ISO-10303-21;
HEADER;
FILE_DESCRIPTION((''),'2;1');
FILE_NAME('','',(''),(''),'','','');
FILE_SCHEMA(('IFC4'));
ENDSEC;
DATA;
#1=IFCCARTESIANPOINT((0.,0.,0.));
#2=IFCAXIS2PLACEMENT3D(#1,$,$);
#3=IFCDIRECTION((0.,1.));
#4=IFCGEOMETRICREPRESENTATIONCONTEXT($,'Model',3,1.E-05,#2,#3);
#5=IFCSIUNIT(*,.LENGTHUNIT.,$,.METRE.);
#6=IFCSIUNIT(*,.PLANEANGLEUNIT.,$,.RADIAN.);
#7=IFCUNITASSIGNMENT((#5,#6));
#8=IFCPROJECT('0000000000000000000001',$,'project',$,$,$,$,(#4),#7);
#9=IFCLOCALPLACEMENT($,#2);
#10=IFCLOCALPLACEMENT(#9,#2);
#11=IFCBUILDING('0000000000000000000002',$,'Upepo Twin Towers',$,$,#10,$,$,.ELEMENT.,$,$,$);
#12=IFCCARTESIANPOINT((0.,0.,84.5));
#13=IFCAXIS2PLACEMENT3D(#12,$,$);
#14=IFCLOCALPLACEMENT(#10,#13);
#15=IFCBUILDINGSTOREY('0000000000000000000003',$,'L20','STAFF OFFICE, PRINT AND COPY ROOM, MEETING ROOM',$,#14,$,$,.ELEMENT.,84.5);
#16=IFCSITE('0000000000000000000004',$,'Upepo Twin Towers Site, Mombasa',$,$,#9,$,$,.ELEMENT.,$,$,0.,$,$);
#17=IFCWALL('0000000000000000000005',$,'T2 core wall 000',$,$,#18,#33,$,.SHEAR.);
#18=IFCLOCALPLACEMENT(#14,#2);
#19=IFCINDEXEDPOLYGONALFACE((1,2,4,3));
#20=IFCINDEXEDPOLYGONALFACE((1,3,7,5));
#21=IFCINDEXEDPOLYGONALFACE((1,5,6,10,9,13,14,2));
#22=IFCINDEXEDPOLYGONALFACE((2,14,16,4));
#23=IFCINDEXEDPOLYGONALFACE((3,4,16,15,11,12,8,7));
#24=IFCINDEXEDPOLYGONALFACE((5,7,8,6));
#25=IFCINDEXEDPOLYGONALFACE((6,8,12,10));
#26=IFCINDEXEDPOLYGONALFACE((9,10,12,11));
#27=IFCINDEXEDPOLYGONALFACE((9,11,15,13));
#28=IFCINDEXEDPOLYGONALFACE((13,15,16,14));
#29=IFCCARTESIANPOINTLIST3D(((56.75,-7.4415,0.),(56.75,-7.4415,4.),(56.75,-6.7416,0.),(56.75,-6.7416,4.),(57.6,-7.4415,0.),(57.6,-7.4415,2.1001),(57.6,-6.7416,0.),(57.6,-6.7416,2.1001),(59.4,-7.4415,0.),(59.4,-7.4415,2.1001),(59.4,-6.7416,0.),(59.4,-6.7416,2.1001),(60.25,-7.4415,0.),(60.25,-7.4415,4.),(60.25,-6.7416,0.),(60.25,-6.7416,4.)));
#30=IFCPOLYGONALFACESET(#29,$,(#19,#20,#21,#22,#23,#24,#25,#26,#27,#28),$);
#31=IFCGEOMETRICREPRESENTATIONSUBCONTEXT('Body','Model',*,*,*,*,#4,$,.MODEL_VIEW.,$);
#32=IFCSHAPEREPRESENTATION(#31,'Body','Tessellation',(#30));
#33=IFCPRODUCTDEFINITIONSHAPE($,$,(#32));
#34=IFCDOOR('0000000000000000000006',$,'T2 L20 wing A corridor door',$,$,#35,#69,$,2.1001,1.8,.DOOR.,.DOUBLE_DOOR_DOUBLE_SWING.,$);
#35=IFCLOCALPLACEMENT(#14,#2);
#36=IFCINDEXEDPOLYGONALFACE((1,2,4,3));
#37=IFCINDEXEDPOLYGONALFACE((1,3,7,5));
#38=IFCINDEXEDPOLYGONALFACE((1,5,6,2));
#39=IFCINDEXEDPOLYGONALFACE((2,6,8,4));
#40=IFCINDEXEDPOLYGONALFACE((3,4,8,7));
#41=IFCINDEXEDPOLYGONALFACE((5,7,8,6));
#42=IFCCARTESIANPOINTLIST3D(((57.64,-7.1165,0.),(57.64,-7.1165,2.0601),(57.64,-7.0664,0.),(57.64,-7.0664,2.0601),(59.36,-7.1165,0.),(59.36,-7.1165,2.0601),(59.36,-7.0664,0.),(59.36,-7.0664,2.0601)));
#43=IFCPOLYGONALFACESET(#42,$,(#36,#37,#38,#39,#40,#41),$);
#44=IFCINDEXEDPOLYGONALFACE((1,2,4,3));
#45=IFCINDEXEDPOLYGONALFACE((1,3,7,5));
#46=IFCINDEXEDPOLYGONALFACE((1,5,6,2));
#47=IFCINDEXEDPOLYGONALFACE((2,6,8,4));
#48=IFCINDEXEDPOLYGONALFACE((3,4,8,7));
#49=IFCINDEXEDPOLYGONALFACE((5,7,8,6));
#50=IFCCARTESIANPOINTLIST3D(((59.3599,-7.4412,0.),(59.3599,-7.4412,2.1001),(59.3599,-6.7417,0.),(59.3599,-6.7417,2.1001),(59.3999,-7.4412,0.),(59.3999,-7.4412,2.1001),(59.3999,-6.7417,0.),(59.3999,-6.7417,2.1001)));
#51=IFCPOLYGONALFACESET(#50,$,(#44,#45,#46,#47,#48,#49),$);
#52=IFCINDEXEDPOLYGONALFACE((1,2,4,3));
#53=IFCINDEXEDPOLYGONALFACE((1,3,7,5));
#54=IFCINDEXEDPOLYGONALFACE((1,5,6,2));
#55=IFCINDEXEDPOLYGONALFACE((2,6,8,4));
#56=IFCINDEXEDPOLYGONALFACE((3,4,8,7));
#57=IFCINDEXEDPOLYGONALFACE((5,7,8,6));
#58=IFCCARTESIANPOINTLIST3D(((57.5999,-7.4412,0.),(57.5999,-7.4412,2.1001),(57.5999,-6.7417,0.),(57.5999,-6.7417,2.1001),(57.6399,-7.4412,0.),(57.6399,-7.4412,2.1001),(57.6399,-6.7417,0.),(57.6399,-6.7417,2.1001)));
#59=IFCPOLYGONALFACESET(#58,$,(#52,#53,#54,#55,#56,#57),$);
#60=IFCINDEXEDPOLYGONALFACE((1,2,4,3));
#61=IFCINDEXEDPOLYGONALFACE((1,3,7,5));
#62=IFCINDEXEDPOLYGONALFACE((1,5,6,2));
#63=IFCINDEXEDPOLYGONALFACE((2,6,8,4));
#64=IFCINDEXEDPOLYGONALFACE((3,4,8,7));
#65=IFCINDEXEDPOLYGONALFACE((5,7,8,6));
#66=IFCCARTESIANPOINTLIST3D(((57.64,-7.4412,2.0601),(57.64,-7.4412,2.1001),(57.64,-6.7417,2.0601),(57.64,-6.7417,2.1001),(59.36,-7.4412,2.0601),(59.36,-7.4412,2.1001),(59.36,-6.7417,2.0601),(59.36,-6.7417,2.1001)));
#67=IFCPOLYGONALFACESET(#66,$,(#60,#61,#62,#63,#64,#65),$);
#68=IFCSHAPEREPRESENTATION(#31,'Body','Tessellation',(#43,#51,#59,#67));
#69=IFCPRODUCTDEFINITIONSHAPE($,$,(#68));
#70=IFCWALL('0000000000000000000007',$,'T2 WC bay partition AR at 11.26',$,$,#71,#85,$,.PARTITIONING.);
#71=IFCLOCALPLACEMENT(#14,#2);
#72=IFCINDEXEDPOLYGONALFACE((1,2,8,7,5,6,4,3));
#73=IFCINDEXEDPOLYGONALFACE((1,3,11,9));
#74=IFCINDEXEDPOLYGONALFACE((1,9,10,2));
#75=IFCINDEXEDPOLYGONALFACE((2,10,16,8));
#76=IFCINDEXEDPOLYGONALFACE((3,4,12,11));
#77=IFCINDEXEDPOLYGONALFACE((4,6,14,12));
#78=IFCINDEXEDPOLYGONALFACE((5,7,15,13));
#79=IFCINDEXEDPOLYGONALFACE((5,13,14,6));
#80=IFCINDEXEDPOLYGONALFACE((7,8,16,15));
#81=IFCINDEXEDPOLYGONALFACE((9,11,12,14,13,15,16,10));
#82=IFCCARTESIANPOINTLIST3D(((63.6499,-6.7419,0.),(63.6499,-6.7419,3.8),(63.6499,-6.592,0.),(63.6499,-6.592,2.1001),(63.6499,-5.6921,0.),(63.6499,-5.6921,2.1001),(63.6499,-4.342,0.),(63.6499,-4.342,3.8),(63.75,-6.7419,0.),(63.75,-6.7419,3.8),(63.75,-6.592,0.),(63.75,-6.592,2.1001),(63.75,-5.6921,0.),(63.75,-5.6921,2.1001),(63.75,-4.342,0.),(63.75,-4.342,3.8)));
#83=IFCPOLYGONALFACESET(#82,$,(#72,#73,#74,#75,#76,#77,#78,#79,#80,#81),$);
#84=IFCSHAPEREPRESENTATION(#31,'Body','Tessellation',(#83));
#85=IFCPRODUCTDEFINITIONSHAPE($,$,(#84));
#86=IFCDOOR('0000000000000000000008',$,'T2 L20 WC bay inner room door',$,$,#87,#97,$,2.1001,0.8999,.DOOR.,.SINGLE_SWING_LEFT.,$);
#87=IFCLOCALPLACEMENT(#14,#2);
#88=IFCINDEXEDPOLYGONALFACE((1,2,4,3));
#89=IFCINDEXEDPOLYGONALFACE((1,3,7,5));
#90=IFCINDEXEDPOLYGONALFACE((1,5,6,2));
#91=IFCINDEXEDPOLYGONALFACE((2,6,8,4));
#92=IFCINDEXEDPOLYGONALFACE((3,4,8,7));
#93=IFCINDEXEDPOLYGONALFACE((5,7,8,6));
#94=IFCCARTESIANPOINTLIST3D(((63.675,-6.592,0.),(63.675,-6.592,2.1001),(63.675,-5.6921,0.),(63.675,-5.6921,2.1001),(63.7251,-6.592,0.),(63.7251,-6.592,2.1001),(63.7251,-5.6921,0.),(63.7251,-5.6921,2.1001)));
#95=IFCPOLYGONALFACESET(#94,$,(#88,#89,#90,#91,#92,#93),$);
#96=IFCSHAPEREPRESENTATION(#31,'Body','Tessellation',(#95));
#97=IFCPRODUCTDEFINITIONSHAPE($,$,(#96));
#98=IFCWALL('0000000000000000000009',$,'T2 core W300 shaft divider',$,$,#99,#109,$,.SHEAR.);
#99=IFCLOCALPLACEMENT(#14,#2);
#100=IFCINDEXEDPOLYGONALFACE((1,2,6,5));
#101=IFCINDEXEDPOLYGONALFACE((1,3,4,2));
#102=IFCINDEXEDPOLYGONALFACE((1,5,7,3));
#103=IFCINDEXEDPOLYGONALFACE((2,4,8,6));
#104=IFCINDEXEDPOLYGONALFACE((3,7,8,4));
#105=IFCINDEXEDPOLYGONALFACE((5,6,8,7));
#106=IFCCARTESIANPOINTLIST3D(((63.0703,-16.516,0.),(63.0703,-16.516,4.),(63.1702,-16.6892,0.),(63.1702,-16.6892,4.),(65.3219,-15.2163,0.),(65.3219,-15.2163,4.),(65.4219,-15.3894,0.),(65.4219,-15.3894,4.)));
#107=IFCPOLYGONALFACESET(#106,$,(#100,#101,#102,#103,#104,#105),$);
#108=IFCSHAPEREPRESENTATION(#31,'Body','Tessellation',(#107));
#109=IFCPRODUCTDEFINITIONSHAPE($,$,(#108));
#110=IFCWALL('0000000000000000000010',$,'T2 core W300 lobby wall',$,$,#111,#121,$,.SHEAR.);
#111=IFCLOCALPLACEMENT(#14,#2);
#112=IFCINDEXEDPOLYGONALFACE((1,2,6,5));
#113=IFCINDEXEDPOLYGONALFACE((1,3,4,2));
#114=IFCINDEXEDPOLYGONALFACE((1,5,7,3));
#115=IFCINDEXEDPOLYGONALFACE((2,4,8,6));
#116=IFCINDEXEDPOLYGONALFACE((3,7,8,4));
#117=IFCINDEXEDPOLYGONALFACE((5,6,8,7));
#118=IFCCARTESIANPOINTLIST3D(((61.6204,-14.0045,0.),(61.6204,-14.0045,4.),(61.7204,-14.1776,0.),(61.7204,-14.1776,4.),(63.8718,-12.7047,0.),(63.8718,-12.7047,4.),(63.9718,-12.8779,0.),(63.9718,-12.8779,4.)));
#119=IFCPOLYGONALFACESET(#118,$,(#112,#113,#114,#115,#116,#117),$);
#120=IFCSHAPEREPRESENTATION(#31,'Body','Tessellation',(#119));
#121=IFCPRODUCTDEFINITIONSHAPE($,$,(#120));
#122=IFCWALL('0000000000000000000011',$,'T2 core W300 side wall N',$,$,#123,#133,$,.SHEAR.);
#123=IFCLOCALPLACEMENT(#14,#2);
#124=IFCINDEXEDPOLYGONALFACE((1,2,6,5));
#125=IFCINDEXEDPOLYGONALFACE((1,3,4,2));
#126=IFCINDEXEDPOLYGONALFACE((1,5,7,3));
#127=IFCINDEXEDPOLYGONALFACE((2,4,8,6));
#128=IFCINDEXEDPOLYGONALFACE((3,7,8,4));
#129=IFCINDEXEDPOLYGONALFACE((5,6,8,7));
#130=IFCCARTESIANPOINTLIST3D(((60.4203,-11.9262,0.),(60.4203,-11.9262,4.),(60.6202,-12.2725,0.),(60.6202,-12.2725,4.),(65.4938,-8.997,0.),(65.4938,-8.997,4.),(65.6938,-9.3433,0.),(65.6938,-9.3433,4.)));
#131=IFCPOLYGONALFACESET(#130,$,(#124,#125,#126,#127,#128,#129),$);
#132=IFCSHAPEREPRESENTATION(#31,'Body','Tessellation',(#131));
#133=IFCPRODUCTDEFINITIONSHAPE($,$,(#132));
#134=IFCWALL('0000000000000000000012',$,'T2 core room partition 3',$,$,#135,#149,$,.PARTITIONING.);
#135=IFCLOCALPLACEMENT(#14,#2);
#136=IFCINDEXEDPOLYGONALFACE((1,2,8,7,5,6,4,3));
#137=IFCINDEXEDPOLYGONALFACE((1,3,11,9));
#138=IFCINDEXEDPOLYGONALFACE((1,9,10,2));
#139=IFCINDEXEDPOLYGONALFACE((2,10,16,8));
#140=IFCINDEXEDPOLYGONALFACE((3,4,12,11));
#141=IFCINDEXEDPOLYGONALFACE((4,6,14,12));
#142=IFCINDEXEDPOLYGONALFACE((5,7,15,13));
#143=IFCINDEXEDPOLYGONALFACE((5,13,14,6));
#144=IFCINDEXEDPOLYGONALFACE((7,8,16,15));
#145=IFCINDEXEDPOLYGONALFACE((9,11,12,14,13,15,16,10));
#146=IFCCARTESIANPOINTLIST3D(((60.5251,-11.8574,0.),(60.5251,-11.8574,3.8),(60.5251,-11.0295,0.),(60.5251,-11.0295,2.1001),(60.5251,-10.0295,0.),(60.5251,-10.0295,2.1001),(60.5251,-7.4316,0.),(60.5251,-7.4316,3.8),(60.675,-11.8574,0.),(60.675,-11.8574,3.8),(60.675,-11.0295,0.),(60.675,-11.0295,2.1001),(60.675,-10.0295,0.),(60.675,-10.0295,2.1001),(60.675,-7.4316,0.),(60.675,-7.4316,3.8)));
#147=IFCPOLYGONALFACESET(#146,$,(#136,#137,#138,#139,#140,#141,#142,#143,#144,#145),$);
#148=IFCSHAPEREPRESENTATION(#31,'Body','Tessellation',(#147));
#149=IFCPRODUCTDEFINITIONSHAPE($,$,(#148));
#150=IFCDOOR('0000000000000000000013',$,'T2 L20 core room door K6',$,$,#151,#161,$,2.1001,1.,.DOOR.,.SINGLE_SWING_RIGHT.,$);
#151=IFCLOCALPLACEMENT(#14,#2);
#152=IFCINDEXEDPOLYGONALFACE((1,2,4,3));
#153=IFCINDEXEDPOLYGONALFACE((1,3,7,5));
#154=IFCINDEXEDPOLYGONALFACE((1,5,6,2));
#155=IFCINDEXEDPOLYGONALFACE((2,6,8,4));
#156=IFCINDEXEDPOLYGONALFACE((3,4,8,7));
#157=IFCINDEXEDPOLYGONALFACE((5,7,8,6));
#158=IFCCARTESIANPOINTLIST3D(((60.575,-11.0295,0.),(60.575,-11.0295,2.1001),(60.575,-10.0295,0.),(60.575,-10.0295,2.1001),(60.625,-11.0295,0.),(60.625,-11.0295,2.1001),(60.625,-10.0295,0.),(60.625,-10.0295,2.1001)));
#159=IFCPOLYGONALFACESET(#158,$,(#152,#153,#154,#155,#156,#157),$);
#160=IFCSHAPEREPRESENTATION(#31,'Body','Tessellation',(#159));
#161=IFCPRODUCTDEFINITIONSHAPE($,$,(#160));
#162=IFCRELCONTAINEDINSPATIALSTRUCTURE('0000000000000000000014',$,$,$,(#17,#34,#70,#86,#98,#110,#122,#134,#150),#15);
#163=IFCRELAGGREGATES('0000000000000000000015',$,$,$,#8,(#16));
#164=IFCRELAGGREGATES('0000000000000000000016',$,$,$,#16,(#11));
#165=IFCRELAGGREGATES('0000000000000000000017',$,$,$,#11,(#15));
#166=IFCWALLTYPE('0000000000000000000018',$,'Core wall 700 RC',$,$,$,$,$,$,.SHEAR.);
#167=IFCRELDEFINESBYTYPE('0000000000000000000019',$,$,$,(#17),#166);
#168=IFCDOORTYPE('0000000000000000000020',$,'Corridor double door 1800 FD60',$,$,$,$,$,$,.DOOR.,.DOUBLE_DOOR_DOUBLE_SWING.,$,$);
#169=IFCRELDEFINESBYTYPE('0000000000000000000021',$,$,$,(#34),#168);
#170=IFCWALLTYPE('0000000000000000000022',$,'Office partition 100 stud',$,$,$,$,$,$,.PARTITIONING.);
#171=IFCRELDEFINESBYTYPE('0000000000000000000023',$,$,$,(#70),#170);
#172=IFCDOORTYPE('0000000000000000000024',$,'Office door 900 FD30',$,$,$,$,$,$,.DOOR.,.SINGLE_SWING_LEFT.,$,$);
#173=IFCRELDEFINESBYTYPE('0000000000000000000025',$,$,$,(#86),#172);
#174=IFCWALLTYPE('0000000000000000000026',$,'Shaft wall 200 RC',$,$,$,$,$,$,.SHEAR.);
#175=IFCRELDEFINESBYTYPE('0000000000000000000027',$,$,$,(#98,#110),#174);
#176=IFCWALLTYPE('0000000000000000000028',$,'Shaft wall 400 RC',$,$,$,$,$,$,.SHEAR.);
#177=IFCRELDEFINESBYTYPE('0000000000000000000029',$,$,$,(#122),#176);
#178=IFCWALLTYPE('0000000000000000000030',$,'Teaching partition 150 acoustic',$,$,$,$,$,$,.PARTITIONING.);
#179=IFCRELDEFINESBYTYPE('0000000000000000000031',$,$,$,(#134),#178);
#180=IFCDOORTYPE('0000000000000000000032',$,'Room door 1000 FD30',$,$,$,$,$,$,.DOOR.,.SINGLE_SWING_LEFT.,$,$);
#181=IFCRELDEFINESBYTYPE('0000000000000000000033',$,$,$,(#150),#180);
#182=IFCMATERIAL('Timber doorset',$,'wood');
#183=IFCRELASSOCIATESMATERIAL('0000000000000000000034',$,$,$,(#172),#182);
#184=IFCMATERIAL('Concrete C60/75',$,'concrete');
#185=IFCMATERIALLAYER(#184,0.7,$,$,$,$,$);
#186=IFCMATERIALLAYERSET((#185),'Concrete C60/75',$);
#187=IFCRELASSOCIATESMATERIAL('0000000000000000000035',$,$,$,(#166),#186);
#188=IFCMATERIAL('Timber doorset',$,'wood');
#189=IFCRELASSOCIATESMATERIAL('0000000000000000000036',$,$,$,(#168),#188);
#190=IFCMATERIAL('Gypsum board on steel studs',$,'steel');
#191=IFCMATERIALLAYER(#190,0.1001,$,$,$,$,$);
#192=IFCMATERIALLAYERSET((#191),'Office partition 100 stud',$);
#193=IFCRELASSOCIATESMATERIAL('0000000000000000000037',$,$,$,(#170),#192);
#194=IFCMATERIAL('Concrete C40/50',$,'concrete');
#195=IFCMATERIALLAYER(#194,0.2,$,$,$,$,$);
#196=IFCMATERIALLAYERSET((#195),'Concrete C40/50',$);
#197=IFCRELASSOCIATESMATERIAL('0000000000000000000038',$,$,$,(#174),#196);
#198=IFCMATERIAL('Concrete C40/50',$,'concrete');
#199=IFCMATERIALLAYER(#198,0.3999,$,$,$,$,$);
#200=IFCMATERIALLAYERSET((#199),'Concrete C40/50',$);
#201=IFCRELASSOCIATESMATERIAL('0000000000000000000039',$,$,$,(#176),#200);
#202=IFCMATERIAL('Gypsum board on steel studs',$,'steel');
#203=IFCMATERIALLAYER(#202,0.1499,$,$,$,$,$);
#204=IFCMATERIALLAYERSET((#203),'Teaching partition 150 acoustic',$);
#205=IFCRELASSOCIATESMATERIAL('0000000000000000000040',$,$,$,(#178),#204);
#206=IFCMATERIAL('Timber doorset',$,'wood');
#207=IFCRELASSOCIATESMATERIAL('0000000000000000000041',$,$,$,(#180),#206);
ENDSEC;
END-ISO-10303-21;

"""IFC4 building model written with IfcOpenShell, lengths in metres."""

from ifc_helpers import new_model, si_unit, direction, frame, frame_2d, origin, place, context, subcontext, project, spatial, rectangle, extrude, material, layer, layer_set, type_object, element, fill, save


model = new_model("IFC4")

# Units and contexts
model_context = context("Model", 3, precision=1e-05, world=origin(), true_north=direction((0.0, 1.0)))
body_context = subcontext(model_context, "Body", "Model", "MODEL_VIEW")
ifc_project = project(units=[si_unit("LENGTHUNIT", "METRE"), si_unit("PLANEANGLEUNIT", "RADIAN")], contexts=[model_context])

# Site, building, storey
site_placement = place(None, origin())
site = spatial("IfcSite", under=ifc_project, at=site_placement, Name="Upepo Twin Towers Site, Mombasa", CompositionType="ELEMENT", RefElevation=0.0)
building_placement = place(site_placement, origin())
building = spatial("IfcBuilding", under=site, at=building_placement, Name="Upepo Twin Towers", CompositionType="ELEMENT")
storey_placement = place(building_placement, frame((0.0, 0.0, 84.5)))
storey = spatial("IfcBuildingStorey", under=building, at=storey_placement, Name="L20", Description="STAFF OFFICE, PRINT AND COPY ROOM, MEETING ROOM", CompositionType="ELEMENT", Elevation=84.5)

# Shared definitions
ifc_material_1 = material(Name="Timber doorset", Category="wood")
door_type_1 = type_object("IfcDoorType", Name="Office door 900 FD30", OperationType="SINGLE_SWING_LEFT", PredefinedType="DOOR", material=ifc_material_1)

# Shared definitions
ifc_material_2 = material(Name="Concrete C60/75", Category="concrete")
ifc_layer_1 = layer(ifc_material_2, 0.7)
ifc_layer_set_1 = layer_set([ifc_layer_1], Name="Concrete C60/75")
wall_type_1 = type_object("IfcWallType", Name="Core wall 700 RC", PredefinedType="SHEAR", material=ifc_layer_set_1)

# Walls, openings, doors
wall_1_placement = place(storey_placement, frame((60.25, -7.0916, 0.0), z_axis=(0.0, 0.0, 1.0), x_axis=(-1.0, 0.0, 0.0)))
wall_1 = element("IfcWall", 1, at=wall_1_placement, inside=storey, type_object=wall_type_1, Name="T2 core wall 000", PredefinedType="SHEAR", context=body_context, shape_type="SweptSolid", body=[
    extrude(rectangle(XDim=3.5, YDim=0.7, at=frame_2d((1.75, 0.0))), origin(), (0.0, 0.0, 1.0), 4.0),
])
opening_1_placement = place(wall_1_placement, frame((0.8501, 0.0, 0.0)))
opening_1 = element("IfcOpeningElement", 2, at=opening_1_placement, cuts=wall_1, PredefinedType="OPENING", context=body_context, shape_type="SweptSolid", body=[
    extrude(rectangle(XDim=1.8, YDim=2.1001, at=frame_2d((0.8999, 1.05))), frame((0.0, 0.3599, 0.0), z_axis=(0.0, -1.0, 0.0), x_axis=(1.0, 0.0, 0.0)), (0.0, 0.0, 1.0), 0.72),
])
ifc_material_3 = material(Name="Timber doorset", Category="wood")
door_type_2 = type_object("IfcDoorType", Name="Corridor double door 1800 FD60", OperationType="DOUBLE_DOOR_DOUBLE_SWING", PredefinedType="DOOR", material=ifc_material_3)
door_1_placement = place(opening_1_placement, origin())
door_1 = element("IfcDoor", 3, at=door_1_placement, inside=storey, type_object=door_type_2, Name="T2 L20 wing A corridor door", OperationType="DOUBLE_DOOR_DOUBLE_SWING", OverallHeight=2.1001, OverallWidth=1.8, PredefinedType="DOOR", context=body_context, shape_type="SweptSolid", body=[
    extrude(rectangle(XDim=1.72, YDim=2.0601, at=frame_2d((0.8999, 1.03))), frame((0.0, 0.0249, 0.0), z_axis=(0.0, -1.0, 0.0), x_axis=(1.0, 0.0, 0.0)), (0.0, 0.0, 1.0), 0.05),
    extrude(rectangle(XDim=0.04, YDim=2.1001, at=frame_2d((0.02, 1.05))), frame((0.0, 0.3496, 0.0), z_axis=(0.0, -1.0, 0.0), x_axis=(1.0, 0.0, 0.0)), (0.0, 0.0, 1.0), 0.6995),
    extrude(rectangle(XDim=0.04, YDim=2.1001, at=frame_2d((1.78, 1.05))), frame((0.0, 0.3496, 0.0), z_axis=(0.0, -1.0, 0.0), x_axis=(1.0, 0.0, 0.0)), (0.0, 0.0, 1.0), 0.6995),
    extrude(rectangle(XDim=1.72, YDim=0.04, at=frame_2d((0.8999, 2.0801))), frame((0.0, 0.3496, 0.0), z_axis=(0.0, -1.0, 0.0), x_axis=(1.0, 0.0, 0.0)), (0.0, 0.0, 1.0), 0.6995),
])
fill(opening_1, door_1)
ifc_material_4 = material(Name="Gypsum board on steel studs", Category="steel")
ifc_layer_2 = layer(ifc_material_4, 0.1001)
ifc_layer_set_2 = layer_set([ifc_layer_2], Name="Office partition 100 stud")
wall_type_2 = type_object("IfcWallType", Name="Office partition 100 stud", PredefinedType="PARTITIONING", material=ifc_layer_set_2)
wall_2_placement = place(storey_placement, frame((63.7, -6.7419, 0.0), z_axis=(0.0, 0.0, 1.0), x_axis=(0.0, 1.0, 0.0)))
wall_2 = element("IfcWall", 4, at=wall_2_placement, inside=storey, type_object=wall_type_2, Name="T2 WC bay partition AR at 11.26", PredefinedType="PARTITIONING", context=body_context, shape_type="SweptSolid", body=[
    extrude(rectangle(XDim=2.3999, YDim=0.1001, at=frame_2d((1.2, 0.0))), origin(), (0.0, 0.0, 1.0), 3.8),
])
opening_2_placement = place(wall_2_placement, frame((0.1499, 0.0, 0.0)))
opening_2 = element("IfcOpeningElement", 5, at=opening_2_placement, cuts=wall_2, PredefinedType="OPENING", context=body_context, shape_type="SweptSolid", body=[
    extrude(rectangle(XDim=0.8999, YDim=2.1001, at=frame_2d((0.45, 1.05))), frame((0.0, 0.0601, 0.0), z_axis=(0.0, -1.0, 0.0), x_axis=(1.0, 0.0, 0.0)), (0.0, 0.0, 1.0), 0.1201),
])
door_2_placement = place(opening_2_placement, origin())
door_2 = element("IfcDoor", 6, at=door_2_placement, inside=storey, type_object=door_type_1, Name="T2 L20 WC bay inner room door", OperationType="SINGLE_SWING_LEFT", OverallHeight=2.1001, OverallWidth=0.8999, PredefinedType="DOOR", context=body_context, shape_type="SweptSolid", body=[
    extrude(rectangle(XDim=0.8999, YDim=2.1001, at=frame_2d((0.45, 1.05))), frame((0.0, 0.0249, 0.0), z_axis=(0.0, -1.0, 0.0), x_axis=(1.0, 0.0, 0.0)), (0.0, 0.0, 1.0), 0.05),
])
fill(opening_2, door_2)

# Walls
ifc_material_5 = material(Name="Concrete C40/50", Category="concrete")
ifc_layer_3 = layer(ifc_material_5, 0.2)
ifc_layer_set_3 = layer_set([ifc_layer_3], Name="Concrete C40/50")
wall_type_3 = type_object("IfcWallType", Name="Shaft wall 200 RC", PredefinedType="SHEAR", material=ifc_layer_set_3)
wall_3_placement = place(storey_placement, frame((63.1204, -16.6025, 0.0), z_axis=(0.0, 0.0, 1.0), x_axis=(0.866062, 0.499937, 0.0)))
element("IfcWall", 7, at=wall_3_placement, inside=storey, type_object=wall_type_3, Name="T2 core W300 shaft divider", PredefinedType="SHEAR", context=body_context, shape_type="SweptSolid", body=[
    extrude(rectangle(XDim=2.5999, YDim=0.2, at=frame_2d((1.2998, 0.0))), origin(), (0.0, 0.0, 1.0), 4.0),
])
wall_4_placement = place(storey_placement, frame((61.6704, -14.0911, 0.0), z_axis=(0.0, 0.0, 1.0), x_axis=(0.866039, 0.499977, 0.0)))
element("IfcWall", 8, at=wall_4_placement, inside=storey, type_object=wall_type_3, Name="T2 core W300 lobby wall", PredefinedType="SHEAR", context=body_context, shape_type="SweptSolid", body=[
    extrude(rectangle(XDim=2.5996, YDim=0.2, at=frame_2d((1.2998, 0.0))), origin(), (0.0, 0.0, 1.0), 4.0),
])
ifc_material_6 = material(Name="Concrete C40/50", Category="concrete")
ifc_layer_4 = layer(ifc_material_6, 0.3999)
ifc_layer_set_4 = layer_set([ifc_layer_4], Name="Concrete C40/50")
wall_type_4 = type_object("IfcWallType", Name="Shaft wall 400 RC", PredefinedType="SHEAR", material=ifc_layer_set_4)
wall_5_placement = place(storey_placement, frame((60.5203, -12.0994, 0.0), z_axis=(0.0, 0.0, 1.0), x_axis=(0.866024, 0.500003, 0.0)))
element("IfcWall", 9, at=wall_5_placement, inside=storey, type_object=wall_type_4, Name="T2 core W300 side wall N", PredefinedType="SHEAR", context=body_context, shape_type="SweptSolid", body=[
    extrude(rectangle(XDim=5.8584, YDim=0.3999, at=frame_2d((2.9292, 0.0))), origin(), (0.0, 0.0, 1.0), 4.0),
])

# Wall, opening, door
ifc_material_7 = material(Name="Gypsum board on steel studs", Category="steel")
ifc_layer_5 = layer(ifc_material_7, 0.1499)
ifc_layer_set_5 = layer_set([ifc_layer_5], Name="Teaching partition 150 acoustic")
wall_type_5 = type_object("IfcWallType", Name="Teaching partition 150 acoustic", PredefinedType="PARTITIONING", material=ifc_layer_set_5)
wall_6_placement = place(storey_placement, frame((60.6001, -7.4316, 0.0), z_axis=(0.0, 0.0, 1.0), x_axis=(0.0, -1.0, 0.0)))
wall_6 = element("IfcWall", 10, at=wall_6_placement, inside=storey, type_object=wall_type_5, Name="T2 core room partition 3", PredefinedType="PARTITIONING", context=body_context, shape_type="SweptSolid", body=[
    extrude(rectangle(XDim=4.4258, YDim=0.1499, at=frame_2d((2.2129, 0.0))), origin(), (0.0, 0.0, 1.0), 3.8),
])
opening_3_placement = place(wall_6_placement, frame((2.5979, 0.0, 0.0)))
opening_3 = element("IfcOpeningElement", 11, at=opening_3_placement, cuts=wall_6, PredefinedType="OPENING", context=body_context, shape_type="SweptSolid", body=[
    extrude(rectangle(XDim=1.0, YDim=2.1001, at=frame_2d((0.5, 1.05))), frame((0.0, 0.085, 0.0), z_axis=(0.0, -1.0, 0.0), x_axis=(1.0, 0.0, 0.0)), (0.0, 0.0, 1.0), 0.1699),
])
ifc_material_8 = material(Name="Timber doorset", Category="wood")
door_type_3 = type_object("IfcDoorType", Name="Room door 1000 FD30", OperationType="SINGLE_SWING_LEFT", PredefinedType="DOOR", material=ifc_material_8)
door_3_placement = place(opening_3_placement, origin())
door_3 = element("IfcDoor", 12, at=door_3_placement, inside=storey, type_object=door_type_3, Name="T2 L20 core room door K6", OperationType="SINGLE_SWING_RIGHT", OverallHeight=2.1001, OverallWidth=1.0, PredefinedType="DOOR", context=body_context, shape_type="SweptSolid", body=[
    extrude(rectangle(XDim=1.0, YDim=2.1001, at=frame_2d((0.5, 1.05))), frame((0.0, 0.0249, 0.0), z_axis=(0.0, -1.0, 0.0), x_axis=(1.0, 0.0, 0.0)), (0.0, 0.0, 1.0), 0.05),
])
fill(opening_3, door_3)

save(model, "model.ifc")
